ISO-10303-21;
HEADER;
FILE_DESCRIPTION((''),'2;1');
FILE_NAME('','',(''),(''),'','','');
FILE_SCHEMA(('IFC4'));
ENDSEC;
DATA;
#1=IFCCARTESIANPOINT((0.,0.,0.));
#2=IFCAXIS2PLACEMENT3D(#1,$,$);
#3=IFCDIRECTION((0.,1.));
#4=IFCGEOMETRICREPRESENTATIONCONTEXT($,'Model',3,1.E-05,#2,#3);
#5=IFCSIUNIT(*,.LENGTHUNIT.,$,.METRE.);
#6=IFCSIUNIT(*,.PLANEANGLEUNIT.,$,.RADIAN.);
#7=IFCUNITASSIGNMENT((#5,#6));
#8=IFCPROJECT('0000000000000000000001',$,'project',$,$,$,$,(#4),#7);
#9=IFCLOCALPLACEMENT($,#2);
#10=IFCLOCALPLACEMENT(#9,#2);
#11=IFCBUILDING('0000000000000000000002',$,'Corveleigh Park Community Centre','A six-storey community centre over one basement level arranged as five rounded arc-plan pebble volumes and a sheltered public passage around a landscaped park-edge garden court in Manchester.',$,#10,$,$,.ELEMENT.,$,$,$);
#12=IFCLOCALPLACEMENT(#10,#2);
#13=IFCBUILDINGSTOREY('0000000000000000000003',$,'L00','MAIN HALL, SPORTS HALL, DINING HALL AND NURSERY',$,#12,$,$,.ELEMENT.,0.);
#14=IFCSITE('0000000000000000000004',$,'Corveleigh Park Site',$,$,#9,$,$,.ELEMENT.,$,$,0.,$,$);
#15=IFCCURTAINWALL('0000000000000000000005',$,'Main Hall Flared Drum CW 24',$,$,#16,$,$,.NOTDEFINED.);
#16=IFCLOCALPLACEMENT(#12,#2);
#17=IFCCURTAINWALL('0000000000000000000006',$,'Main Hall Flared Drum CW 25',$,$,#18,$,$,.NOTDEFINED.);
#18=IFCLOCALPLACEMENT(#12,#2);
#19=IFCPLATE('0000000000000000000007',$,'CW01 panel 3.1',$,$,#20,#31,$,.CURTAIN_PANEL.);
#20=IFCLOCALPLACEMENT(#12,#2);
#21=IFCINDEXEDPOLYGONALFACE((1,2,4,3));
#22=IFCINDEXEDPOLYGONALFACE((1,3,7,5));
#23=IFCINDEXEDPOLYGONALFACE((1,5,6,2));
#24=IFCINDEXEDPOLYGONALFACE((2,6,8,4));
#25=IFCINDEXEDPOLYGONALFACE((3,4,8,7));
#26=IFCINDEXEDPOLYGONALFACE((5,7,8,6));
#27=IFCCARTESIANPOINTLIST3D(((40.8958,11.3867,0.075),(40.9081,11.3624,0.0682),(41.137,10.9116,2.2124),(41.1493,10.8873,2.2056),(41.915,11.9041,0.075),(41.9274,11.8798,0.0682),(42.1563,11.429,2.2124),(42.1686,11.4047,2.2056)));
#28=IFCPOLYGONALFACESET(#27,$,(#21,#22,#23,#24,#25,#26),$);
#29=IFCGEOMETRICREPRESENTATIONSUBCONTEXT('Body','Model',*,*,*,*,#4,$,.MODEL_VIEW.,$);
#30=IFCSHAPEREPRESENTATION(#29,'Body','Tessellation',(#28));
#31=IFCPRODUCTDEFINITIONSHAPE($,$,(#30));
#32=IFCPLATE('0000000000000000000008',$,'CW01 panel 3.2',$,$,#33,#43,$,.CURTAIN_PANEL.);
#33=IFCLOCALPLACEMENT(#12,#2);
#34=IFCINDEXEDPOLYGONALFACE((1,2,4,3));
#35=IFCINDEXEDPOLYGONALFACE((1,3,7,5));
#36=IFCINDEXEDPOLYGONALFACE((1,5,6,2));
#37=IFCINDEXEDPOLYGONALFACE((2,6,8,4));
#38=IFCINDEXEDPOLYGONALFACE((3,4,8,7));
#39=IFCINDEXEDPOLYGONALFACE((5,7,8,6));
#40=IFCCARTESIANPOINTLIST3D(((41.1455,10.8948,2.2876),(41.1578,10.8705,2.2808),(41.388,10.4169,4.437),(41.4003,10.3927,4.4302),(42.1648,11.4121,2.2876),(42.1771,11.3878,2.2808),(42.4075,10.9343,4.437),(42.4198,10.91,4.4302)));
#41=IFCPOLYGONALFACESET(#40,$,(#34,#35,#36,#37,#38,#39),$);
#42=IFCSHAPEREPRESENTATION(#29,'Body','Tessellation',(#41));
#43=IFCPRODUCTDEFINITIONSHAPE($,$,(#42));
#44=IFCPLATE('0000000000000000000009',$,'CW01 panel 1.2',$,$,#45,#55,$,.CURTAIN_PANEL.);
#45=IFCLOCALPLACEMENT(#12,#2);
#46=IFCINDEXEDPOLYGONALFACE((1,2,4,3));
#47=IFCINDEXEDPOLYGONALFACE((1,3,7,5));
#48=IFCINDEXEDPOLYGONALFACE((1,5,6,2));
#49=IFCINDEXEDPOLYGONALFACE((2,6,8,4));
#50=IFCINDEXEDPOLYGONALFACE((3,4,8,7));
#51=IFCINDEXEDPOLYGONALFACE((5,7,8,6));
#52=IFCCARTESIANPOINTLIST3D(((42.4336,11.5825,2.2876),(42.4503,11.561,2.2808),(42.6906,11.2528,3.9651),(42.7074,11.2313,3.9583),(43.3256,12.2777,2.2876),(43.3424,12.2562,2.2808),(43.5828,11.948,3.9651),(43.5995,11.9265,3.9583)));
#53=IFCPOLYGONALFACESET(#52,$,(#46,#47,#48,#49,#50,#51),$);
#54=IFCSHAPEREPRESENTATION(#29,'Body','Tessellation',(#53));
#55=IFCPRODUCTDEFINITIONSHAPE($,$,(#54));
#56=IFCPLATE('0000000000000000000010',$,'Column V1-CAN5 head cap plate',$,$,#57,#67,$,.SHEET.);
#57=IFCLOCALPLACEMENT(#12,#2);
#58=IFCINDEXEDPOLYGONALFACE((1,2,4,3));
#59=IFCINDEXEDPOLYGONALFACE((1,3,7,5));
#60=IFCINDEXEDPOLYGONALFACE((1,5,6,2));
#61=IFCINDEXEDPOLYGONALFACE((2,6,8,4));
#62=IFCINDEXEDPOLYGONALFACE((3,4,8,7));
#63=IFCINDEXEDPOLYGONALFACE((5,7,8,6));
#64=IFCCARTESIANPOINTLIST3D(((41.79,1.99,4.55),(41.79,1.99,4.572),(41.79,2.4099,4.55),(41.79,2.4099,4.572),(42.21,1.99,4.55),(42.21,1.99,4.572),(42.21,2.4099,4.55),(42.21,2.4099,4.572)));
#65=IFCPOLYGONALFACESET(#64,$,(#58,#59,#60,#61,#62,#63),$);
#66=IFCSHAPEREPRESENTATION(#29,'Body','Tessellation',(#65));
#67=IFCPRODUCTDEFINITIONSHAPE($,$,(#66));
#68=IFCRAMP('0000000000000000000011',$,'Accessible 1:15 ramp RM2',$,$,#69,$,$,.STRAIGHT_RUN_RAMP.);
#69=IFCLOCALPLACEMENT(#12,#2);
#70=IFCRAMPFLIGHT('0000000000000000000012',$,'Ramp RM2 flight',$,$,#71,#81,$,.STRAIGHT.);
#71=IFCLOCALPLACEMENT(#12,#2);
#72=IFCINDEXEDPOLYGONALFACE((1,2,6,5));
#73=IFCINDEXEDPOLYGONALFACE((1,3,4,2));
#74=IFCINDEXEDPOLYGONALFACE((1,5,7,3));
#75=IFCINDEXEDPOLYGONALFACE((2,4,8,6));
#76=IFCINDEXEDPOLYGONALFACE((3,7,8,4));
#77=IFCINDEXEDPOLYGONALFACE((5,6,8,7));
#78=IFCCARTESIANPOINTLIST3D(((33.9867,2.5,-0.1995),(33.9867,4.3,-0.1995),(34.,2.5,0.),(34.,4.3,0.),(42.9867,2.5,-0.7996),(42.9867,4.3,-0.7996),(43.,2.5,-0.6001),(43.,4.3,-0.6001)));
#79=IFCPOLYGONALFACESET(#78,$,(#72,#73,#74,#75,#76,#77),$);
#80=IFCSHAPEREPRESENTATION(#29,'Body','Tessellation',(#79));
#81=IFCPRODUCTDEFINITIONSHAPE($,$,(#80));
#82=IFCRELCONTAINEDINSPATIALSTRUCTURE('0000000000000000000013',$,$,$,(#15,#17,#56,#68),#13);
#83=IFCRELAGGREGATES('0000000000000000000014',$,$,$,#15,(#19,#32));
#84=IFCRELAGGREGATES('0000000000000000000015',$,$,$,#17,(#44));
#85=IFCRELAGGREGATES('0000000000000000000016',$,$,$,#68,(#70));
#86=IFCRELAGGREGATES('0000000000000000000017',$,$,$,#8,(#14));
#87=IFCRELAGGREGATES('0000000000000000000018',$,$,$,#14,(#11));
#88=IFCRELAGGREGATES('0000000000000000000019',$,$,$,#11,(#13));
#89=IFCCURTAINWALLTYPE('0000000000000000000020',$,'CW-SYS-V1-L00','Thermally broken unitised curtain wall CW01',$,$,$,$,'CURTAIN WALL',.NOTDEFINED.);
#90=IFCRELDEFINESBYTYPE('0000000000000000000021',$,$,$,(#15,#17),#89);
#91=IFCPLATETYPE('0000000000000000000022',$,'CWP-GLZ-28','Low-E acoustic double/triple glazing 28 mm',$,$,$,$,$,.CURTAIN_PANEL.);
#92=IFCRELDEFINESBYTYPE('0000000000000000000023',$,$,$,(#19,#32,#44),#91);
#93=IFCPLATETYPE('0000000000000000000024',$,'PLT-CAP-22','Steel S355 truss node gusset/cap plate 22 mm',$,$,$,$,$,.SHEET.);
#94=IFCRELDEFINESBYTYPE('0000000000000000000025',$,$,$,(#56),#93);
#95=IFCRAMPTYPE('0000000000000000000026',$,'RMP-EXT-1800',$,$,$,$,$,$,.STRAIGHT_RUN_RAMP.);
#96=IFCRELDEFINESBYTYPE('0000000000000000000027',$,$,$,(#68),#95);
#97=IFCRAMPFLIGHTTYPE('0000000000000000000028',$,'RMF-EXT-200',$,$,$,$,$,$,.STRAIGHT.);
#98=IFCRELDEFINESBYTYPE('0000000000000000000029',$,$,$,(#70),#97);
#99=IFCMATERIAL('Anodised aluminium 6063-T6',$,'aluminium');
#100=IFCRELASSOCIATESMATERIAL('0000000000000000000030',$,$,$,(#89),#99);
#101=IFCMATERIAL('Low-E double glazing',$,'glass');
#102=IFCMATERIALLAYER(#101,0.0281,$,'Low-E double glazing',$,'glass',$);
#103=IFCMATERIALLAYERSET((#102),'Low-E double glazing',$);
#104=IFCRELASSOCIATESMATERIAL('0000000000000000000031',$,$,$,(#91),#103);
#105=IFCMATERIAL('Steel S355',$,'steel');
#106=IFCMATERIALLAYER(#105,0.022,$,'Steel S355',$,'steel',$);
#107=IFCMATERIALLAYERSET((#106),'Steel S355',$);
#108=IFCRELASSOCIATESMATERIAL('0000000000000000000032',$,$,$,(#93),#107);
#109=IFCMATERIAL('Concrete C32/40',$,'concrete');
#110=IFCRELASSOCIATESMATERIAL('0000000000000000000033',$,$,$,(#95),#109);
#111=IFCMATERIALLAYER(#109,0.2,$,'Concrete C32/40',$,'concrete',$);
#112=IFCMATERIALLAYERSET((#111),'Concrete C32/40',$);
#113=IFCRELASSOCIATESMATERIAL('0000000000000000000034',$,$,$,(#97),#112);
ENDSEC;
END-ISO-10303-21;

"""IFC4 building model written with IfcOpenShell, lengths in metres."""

from ifc_helpers import new_model, si_unit, direction, frame, origin, origin_2d, place, context, subcontext, project, spatial, polyline, rectangle, outline, extrude, material, layer, layer_set, type_object, element, aggregate, save


model = new_model("IFC4")

# Units and contexts
model_context = context("Model", 3, precision=1e-05, world=origin(), true_north=direction((0.0, 1.0)))
body_context = subcontext(model_context, "Body", "Model", "MODEL_VIEW")
ifc_project = project(units=[si_unit("LENGTHUNIT", "METRE"), si_unit("PLANEANGLEUNIT", "RADIAN")], contexts=[model_context])

# Site, building, storey
site_placement = place(None, origin())
site = spatial("IfcSite", under=ifc_project, at=site_placement, Name="Corveleigh Park Site", CompositionType="ELEMENT", RefElevation=0.0)
building_placement = place(site_placement, origin())
building = spatial("IfcBuilding", under=site, at=building_placement, Name="Corveleigh Park Community Centre", Description="A six-storey community centre over one basement level arranged as five rounded arc-plan pebble volumes and a sheltered public passage around a landscaped park-edge garden court in Manchester.", CompositionType="ELEMENT")
storey_placement = place(building_placement, origin())
storey = spatial("IfcBuildingStorey", under=building, at=storey_placement, Name="L00", Description="MAIN HALL, SPORTS HALL, DINING HALL AND NURSERY", CompositionType="ELEMENT", Elevation=0.0)

# Shared definitions
ifc_material_1 = material(Name="Steel S355", Category="steel")

# Shared definitions
ifc_material_2 = material(Name="Anodised aluminium 6063-T6", Category="aluminium")
curtain_wall_type = type_object("IfcCurtainWallType", Name="CW-SYS-V1-L00", Description="Thermally broken unitised curtain wall CW01", ElementType="CURTAIN WALL", PredefinedType="NOTDEFINED", material=ifc_material_2)

# Curtain walls
curtain_wall_1_placement = place(storey_placement, origin())
curtain_wall_1 = element("IfcCurtainWall", 1, at=curtain_wall_1_placement, inside=storey, type_object=curtain_wall_type, Name="Main Hall Flared Drum CW 24", PredefinedType="NOTDEFINED")
curtain_wall_2_placement = place(storey_placement, origin())
curtain_wall_2 = element("IfcCurtainWall", 2, at=curtain_wall_2_placement, inside=storey, type_object=curtain_wall_type, Name="Main Hall Flared Drum CW 25", PredefinedType="NOTDEFINED")

# Plates
ifc_material_3 = material(Name="Low-E double glazing", Category="glass")
ifc_layer_1 = layer(ifc_material_3, 0.0281, Name="Low-E double glazing", Category="glass")
ifc_layer_set_1 = layer_set([ifc_layer_1], Name="Low-E double glazing")
plate_type_1 = type_object("IfcPlateType", Name="CWP-GLZ-28", Description="Low-E acoustic double/triple glazing 28 mm", PredefinedType="CURTAIN_PANEL", material=ifc_layer_set_1)
plate_1_placement = place(storey_placement, frame((40.8958, 11.3867, 0.075), z_axis=(-0.439149, 0.865242, 0.241878), x_axis=(0.89172, 0.452588, 0.0)))
plate_1 = element("IfcPlate", 3, at=plate_1_placement, type_object=plate_type_1, Name="CW01 panel 3.1", PredefinedType="CURTAIN_PANEL", context=body_context, shape_type="SweptSolid", body=[
    extrude(outline(polyline([(0.0, 0.0), (1.1431, 0.0), (1.1431, -2.2029), (0.0001, -2.2029), (0.0, 0.0)])), origin(), (0.0, 0.0, -1.0), 0.0281),
])
plate_2_placement = place(storey_placement, frame((41.1455, 10.8948, 2.2876), z_axis=(-0.439106, 0.865261, 0.241886), x_axis=(0.89174, 0.452547, -0.000011)))
plate_2 = element("IfcPlate", 4, at=plate_2_placement, type_object=plate_type_1, Name="CW01 panel 3.2", PredefinedType="CURTAIN_PANEL", context=body_context, shape_type="SweptSolid", body=[
    extrude(outline(polyline([(0.0, 0.0), (1.1431, 0.0), (1.1432, -2.2152), (-0.0001, -2.2152), (0.0, 0.0)])), origin(), (0.0, 0.0, -1.0), 0.0281),
])
aggregate(curtain_wall_1, [plate_1, plate_2])
plate_3_placement = place(storey_placement, frame((42.4336, 11.5825, 2.2876), z_axis=(-0.596434, 0.765363, 0.241838), x_axis=(0.78878, 0.614676, 0.00002)))
plate_3 = element("IfcPlate", 5, at=plate_3_placement, type_object=plate_type_1, Name="CW01 panel 1.2", PredefinedType="CURTAIN_PANEL", context=body_context, shape_type="SweptSolid", body=[
    extrude(outline(polyline([(0.0, 0.0), (1.1309, 0.0), (1.1311, -1.7288), (0.0001, -1.7288), (0.0, 0.0)])), origin(), (0.0, 0.0, -1.0), 0.0281),
])
aggregate(curtain_wall_2, [plate_3])
ifc_layer_2 = layer(ifc_material_1, 0.022, Name="Steel S355", Category="steel")
ifc_layer_set_2 = layer_set([ifc_layer_2], Name="Steel S355")
plate_type_2 = type_object("IfcPlateType", Name="PLT-CAP-22", Description="Steel S355 truss node gusset/cap plate 22 mm", PredefinedType="SHEET", material=ifc_layer_set_2)
plate_4_placement = place(storey_placement, frame((42.0, 2.2, 4.55), z_axis=(0.0, 0.0, 1.0), x_axis=(1.0, 0.0, 0.0)))
element("IfcPlate", 6, at=plate_4_placement, inside=storey, type_object=plate_type_2, Name="Column V1-CAN5 head cap plate", PredefinedType="SHEET", context=body_context, shape_type="SweptSolid", body=[
    extrude(rectangle(XDim=0.4199, YDim=0.4199, at=origin_2d()), origin(), (0.0, 0.0, 1.0), 0.022),
])

# Ramp, ramp flight
ifc_material_4 = material(Name="Concrete C32/40", Category="concrete")
ramp_type = type_object("IfcRampType", Name="RMP-EXT-1800", PredefinedType="STRAIGHT_RUN_RAMP", material=ifc_material_4)
ramp_placement = place(storey_placement, origin())
ramp = element("IfcRamp", 7, at=ramp_placement, inside=storey, type_object=ramp_type, Name="Accessible 1:15 ramp RM2", PredefinedType="STRAIGHT_RUN_RAMP")
ifc_layer_3 = layer(ifc_material_4, 0.2, Name="Concrete C32/40", Category="concrete")
ifc_layer_set_3 = layer_set([ifc_layer_3], Name="Concrete C32/40")
ramp_flight_type = type_object("IfcRampFlightType", Name="RMF-EXT-200", PredefinedType="STRAIGHT", material=ifc_layer_set_3)
ramp_flight_placement = place(storey_placement, frame((43.0, 4.3, -0.6001), z_axis=(0.06653, 0.0, 0.997784), x_axis=(-0.997784, 0.0, 0.06653)))
ramp_flight = element("IfcRampFlight", 8, at=ramp_flight_placement, type_object=ramp_flight_type, Name="Ramp RM2 flight", PredefinedType="STRAIGHT", context=body_context, shape_type="SweptSolid", body=[
    extrude(outline(polyline([(0.0, 0.0), (9.02, 0.0), (9.02, 1.8), (0.0, 1.8), (0.0, 0.0)])), origin(), (0.0, 0.0, -1.0), 0.2),
])
aggregate(ramp, [ramp_flight])

save(model, "model.ifc")
